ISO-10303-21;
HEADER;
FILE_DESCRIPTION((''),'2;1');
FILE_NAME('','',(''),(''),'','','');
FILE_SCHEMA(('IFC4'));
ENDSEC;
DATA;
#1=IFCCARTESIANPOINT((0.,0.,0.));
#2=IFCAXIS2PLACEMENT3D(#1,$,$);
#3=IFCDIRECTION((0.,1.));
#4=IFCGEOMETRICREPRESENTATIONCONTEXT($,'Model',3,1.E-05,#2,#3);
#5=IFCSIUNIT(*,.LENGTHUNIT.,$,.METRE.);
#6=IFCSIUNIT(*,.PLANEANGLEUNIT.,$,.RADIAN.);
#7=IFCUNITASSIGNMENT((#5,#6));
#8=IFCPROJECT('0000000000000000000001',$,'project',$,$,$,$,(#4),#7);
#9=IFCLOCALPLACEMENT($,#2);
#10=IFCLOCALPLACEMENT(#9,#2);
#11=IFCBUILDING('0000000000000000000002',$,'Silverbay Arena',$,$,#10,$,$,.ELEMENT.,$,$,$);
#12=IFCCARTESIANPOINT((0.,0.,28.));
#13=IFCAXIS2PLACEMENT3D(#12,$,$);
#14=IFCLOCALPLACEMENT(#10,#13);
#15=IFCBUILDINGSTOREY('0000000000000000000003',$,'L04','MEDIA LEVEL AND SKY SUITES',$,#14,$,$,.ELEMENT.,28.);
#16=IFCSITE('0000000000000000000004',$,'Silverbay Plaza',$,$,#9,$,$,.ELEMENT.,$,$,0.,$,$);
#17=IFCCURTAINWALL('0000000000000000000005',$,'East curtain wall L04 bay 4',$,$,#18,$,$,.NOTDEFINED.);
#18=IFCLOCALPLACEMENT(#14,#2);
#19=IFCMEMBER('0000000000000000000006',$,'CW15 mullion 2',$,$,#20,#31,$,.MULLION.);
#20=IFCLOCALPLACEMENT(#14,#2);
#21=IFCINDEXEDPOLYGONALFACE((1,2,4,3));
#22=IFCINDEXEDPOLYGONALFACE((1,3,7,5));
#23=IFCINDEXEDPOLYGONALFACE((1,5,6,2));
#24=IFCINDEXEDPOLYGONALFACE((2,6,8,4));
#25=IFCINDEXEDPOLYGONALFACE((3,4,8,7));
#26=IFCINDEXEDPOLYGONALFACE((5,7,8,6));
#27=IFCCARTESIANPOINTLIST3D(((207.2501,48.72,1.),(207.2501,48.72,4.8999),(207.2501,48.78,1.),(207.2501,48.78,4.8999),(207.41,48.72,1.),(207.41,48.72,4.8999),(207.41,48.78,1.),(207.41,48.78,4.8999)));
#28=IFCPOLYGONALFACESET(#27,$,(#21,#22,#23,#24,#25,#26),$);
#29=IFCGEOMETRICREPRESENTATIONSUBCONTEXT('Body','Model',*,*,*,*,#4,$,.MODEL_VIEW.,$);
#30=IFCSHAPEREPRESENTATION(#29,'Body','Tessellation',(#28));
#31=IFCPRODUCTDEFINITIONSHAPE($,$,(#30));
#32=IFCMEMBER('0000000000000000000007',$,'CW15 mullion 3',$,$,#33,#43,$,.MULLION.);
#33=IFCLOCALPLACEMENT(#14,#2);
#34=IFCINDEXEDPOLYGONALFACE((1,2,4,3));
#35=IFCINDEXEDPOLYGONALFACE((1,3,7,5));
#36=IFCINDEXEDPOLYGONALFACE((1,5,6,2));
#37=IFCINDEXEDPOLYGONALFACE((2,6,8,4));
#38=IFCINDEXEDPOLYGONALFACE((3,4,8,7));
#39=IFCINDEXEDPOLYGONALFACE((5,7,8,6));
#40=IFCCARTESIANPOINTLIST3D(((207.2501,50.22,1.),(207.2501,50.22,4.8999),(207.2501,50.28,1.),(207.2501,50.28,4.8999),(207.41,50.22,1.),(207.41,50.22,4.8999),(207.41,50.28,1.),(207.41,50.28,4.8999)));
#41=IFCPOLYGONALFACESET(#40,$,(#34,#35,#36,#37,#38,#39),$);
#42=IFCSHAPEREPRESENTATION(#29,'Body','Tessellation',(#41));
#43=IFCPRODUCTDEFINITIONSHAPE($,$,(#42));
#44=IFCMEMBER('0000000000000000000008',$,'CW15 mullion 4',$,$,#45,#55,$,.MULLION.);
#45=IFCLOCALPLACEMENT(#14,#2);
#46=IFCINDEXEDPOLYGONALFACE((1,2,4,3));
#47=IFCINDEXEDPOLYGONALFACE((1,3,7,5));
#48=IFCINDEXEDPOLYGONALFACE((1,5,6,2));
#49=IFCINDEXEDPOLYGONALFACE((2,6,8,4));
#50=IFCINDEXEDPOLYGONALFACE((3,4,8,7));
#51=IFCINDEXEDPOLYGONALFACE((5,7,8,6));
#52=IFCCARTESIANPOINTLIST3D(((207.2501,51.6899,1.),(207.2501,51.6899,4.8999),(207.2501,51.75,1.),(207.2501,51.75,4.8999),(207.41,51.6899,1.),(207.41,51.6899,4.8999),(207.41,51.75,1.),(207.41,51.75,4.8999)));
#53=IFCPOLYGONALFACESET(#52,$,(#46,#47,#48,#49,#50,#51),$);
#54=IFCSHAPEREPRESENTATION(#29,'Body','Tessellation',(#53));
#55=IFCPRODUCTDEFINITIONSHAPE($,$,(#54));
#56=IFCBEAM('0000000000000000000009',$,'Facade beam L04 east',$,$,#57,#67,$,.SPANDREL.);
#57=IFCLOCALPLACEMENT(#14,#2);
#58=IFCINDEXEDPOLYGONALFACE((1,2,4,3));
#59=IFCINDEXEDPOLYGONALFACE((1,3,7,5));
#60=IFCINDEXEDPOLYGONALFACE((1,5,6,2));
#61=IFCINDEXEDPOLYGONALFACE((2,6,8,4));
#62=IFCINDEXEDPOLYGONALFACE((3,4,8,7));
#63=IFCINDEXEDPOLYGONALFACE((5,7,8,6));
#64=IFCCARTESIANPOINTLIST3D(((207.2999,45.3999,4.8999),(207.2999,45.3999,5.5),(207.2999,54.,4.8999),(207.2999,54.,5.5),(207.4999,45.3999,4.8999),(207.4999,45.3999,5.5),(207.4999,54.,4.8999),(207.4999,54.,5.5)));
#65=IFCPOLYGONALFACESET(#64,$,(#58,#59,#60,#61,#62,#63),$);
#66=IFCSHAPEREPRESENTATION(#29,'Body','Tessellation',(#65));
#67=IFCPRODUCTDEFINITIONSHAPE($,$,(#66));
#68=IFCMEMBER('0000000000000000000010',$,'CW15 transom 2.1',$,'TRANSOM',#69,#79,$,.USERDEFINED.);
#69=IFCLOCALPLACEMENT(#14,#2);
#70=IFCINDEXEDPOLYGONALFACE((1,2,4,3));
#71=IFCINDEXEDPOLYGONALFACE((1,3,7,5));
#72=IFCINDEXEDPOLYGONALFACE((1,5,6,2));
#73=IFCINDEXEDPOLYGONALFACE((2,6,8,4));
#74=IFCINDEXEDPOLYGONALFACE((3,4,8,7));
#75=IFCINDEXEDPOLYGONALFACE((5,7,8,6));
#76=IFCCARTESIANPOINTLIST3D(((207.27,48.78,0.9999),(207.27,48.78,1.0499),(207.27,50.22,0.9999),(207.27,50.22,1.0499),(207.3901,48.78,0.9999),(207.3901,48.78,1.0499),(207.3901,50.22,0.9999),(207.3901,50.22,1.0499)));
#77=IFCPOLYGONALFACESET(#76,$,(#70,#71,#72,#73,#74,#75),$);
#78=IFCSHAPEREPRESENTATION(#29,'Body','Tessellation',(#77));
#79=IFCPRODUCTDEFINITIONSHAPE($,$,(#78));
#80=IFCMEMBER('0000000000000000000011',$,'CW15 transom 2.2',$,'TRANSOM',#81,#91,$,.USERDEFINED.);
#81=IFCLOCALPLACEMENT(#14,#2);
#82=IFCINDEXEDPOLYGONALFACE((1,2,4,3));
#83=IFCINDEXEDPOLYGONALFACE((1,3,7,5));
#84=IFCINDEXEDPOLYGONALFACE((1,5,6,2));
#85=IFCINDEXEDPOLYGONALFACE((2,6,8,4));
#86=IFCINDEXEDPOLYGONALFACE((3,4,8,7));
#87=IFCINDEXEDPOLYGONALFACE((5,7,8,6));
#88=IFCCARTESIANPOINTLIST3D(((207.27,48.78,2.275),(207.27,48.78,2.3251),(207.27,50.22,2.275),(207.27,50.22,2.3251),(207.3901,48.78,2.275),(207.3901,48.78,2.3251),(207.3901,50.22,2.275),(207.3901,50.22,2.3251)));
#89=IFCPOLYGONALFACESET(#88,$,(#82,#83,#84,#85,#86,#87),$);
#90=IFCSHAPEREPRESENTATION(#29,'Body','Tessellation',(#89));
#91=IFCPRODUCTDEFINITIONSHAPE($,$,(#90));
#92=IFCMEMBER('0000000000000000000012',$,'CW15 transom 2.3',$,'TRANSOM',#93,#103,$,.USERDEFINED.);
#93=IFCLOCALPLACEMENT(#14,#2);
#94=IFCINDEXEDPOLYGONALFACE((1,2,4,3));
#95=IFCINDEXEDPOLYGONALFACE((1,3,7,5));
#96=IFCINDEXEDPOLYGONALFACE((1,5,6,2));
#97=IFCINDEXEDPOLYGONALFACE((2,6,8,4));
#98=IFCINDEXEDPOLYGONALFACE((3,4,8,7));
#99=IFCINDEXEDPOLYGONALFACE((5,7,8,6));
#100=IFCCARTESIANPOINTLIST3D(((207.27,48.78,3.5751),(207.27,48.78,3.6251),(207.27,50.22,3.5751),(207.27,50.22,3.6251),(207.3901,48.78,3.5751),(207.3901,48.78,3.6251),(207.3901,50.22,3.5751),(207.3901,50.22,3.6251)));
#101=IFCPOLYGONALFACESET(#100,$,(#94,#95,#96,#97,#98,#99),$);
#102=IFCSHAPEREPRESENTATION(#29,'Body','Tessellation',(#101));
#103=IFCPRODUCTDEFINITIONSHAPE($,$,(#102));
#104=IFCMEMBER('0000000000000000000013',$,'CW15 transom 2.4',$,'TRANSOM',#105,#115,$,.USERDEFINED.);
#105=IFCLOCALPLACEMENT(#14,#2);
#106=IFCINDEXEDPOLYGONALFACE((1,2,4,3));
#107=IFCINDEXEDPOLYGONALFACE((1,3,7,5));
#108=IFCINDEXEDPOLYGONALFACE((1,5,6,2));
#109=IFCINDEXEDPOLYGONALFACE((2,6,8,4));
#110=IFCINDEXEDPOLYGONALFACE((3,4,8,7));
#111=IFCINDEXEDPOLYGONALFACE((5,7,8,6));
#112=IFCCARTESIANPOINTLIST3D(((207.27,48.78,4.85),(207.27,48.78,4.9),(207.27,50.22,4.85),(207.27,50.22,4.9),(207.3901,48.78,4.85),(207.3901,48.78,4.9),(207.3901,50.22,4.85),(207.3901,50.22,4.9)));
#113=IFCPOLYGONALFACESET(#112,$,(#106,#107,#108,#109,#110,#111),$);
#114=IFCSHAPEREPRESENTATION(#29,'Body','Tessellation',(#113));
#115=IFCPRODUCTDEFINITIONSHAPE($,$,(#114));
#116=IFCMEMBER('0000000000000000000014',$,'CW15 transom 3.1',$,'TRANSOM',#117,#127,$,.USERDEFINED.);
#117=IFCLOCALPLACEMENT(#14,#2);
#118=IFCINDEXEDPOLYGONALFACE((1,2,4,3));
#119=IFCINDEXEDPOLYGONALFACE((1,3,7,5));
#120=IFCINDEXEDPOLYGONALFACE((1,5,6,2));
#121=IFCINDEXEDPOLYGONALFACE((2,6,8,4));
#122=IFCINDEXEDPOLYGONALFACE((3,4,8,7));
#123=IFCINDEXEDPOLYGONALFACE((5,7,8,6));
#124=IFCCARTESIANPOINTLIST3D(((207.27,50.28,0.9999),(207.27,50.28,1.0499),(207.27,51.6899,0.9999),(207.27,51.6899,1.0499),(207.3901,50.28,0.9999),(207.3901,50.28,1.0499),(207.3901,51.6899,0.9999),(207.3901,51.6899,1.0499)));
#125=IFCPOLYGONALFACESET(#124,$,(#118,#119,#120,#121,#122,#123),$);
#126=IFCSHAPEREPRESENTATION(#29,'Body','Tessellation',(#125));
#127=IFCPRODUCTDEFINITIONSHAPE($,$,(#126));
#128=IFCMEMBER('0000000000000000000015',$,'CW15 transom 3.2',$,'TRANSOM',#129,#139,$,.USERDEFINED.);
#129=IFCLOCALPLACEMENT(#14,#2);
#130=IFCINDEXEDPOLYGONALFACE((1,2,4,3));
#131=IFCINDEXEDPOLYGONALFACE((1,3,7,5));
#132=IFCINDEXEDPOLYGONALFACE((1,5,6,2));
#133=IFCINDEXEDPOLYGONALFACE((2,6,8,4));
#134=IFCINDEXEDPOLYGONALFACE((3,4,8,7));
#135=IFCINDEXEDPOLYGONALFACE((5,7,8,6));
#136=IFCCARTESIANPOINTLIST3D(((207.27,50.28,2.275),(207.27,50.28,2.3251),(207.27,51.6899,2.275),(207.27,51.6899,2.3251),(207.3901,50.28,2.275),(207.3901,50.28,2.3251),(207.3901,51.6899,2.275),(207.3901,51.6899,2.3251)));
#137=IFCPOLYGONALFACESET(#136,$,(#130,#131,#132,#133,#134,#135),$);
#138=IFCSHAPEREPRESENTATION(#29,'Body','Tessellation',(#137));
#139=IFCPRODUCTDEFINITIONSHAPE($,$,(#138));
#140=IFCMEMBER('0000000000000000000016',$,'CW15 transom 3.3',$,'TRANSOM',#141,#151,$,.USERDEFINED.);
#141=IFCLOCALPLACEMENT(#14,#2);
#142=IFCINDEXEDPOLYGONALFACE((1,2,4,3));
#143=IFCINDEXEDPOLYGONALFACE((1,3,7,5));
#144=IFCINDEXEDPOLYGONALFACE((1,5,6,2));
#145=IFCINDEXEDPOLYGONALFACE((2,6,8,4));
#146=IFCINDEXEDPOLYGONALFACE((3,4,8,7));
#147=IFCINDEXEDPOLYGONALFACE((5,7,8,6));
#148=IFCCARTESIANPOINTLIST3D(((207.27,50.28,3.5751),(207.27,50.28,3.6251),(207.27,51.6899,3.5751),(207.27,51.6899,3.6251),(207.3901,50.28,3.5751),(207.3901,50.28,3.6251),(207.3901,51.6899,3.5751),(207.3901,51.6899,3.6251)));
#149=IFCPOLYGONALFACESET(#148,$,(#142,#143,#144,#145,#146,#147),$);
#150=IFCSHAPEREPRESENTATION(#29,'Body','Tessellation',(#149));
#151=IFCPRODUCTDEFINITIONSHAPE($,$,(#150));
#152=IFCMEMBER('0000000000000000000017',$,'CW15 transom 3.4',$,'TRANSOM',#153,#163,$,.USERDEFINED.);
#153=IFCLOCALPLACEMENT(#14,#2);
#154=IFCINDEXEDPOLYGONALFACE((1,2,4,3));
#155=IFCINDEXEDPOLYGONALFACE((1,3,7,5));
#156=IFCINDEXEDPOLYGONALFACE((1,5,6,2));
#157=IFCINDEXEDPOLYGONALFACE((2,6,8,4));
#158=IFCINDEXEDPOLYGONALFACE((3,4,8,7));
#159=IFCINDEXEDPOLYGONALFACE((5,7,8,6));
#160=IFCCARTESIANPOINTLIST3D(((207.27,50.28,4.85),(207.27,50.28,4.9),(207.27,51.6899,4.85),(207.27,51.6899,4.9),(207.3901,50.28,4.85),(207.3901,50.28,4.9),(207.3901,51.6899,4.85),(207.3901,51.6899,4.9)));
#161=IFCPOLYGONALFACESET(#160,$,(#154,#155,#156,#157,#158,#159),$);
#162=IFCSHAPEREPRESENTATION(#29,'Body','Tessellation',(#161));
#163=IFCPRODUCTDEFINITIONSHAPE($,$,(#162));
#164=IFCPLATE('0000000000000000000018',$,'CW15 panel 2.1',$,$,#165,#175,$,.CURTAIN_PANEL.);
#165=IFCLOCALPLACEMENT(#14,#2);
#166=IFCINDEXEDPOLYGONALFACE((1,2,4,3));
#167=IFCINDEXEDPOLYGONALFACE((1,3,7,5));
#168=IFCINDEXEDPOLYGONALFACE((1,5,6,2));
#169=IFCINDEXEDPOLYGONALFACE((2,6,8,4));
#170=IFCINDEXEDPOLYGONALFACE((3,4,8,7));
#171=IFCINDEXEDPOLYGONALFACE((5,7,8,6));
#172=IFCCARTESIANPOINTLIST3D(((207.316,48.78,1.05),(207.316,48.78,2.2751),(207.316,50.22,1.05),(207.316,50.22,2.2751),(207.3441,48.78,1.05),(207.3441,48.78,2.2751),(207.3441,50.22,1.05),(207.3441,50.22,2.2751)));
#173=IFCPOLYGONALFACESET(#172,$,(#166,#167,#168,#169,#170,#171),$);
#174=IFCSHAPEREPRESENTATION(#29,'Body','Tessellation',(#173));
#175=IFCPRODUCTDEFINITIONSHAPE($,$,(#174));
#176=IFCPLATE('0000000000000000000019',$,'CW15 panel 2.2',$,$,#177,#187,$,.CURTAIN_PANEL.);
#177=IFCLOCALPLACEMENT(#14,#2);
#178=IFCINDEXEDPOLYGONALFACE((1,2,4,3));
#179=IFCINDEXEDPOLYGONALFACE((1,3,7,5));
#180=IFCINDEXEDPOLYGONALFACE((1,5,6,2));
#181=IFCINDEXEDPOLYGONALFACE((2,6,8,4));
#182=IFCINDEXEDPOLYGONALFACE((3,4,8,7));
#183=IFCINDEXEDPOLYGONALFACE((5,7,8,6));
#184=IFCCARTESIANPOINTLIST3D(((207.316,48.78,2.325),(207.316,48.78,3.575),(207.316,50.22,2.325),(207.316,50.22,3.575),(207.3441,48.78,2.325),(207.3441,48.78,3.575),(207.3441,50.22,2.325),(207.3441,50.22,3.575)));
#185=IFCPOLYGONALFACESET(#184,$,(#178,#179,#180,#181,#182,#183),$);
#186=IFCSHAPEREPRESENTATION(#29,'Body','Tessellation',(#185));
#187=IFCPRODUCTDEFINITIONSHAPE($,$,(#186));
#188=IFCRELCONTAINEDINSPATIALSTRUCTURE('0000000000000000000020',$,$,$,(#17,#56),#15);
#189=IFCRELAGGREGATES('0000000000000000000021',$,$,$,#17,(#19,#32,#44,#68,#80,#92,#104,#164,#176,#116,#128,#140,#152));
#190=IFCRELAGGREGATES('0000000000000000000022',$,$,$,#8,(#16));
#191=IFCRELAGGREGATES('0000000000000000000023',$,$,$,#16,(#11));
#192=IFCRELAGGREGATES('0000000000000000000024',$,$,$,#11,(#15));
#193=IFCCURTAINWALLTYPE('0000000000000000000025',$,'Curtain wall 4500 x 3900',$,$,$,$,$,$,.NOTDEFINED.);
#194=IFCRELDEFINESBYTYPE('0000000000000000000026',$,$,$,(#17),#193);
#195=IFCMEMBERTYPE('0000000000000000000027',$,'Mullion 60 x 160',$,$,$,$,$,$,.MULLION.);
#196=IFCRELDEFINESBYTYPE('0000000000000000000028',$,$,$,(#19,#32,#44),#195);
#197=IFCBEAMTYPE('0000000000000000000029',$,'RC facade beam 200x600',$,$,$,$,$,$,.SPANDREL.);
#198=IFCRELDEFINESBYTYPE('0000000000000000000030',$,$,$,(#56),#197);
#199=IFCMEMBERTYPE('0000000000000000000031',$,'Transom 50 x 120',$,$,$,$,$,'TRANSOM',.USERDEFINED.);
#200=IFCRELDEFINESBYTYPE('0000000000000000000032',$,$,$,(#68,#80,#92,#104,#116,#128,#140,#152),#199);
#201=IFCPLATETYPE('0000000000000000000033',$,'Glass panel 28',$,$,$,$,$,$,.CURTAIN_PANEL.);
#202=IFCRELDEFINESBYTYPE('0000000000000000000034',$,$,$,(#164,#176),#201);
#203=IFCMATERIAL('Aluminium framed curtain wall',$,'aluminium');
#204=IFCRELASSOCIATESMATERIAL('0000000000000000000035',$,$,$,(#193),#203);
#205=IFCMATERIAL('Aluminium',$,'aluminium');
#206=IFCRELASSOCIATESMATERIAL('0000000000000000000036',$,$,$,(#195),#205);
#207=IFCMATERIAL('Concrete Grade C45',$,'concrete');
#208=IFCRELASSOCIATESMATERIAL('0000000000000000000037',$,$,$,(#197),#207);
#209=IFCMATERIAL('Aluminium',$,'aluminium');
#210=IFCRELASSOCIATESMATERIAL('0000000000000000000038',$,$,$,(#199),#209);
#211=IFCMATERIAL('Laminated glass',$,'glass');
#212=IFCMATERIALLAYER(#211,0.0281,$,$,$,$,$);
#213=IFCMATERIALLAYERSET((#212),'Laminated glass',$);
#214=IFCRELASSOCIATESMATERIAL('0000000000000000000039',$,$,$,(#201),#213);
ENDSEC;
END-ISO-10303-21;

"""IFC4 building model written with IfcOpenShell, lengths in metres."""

from ifc_helpers import new_model, si_unit, direction, frame, origin, origin_2d, place, context, subcontext, project, spatial, rectangle, extrude, material, layer, layer_set, material_profile, profile_set, type_object, element, aggregate, save


model = new_model("IFC4")

# Units and contexts
model_context = context("Model", 3, precision=1e-05, world=origin(), true_north=direction((0.0, 1.0)))
body_context = subcontext(model_context, "Body", "Model", "MODEL_VIEW")
ifc_project = project(units=[si_unit("LENGTHUNIT", "METRE"), si_unit("PLANEANGLEUNIT", "RADIAN")], contexts=[model_context])

# Site, building, storey
site_placement = place(None, origin())
site = spatial("IfcSite", under=ifc_project, at=site_placement, Name="Silverbay Plaza", CompositionType="ELEMENT", RefElevation=0.0)
building_placement = place(site_placement, origin())
building = spatial("IfcBuilding", under=site, at=building_placement, Name="Silverbay Arena", CompositionType="ELEMENT")
storey_placement = place(building_placement, frame((0.0, 0.0, 28.0)))
storey = spatial("IfcBuildingStorey", under=building, at=storey_placement, Name="L04", Description="MEDIA LEVEL AND SKY SUITES", CompositionType="ELEMENT", Elevation=28.0)

# Curtain wall, members
ifc_material_1 = material(Name="Aluminium framed curtain wall", Category="aluminium")
curtain_wall_type = type_object("IfcCurtainWallType", Name="Curtain wall 4500 x 3900", PredefinedType="NOTDEFINED", material=ifc_material_1)
curtain_wall_placement = place(storey_placement, origin())
curtain_wall = element("IfcCurtainWall", 1, at=curtain_wall_placement, inside=storey, type_object=curtain_wall_type, Name="East curtain wall L04 bay 4", PredefinedType="NOTDEFINED")
ifc_material_2 = material(Name="Aluminium", Category="aluminium")
ifc_material_profile_1 = material_profile(ifc_material_2, rectangle(XDim=0.1599, YDim=0.0601, at=origin_2d()), Name="Mullion 60 x 160")
ifc_profile_set_1 = profile_set([ifc_material_profile_1], Name="Aluminium")
member_type_1 = type_object("IfcMemberType", Name="Mullion 60 x 160", PredefinedType="MULLION", material=ifc_profile_set_1)
member_1_placement = place(storey_placement, frame((207.3301, 48.75, 1.0), z_axis=(0.0, 0.0, 1.0), x_axis=(-1.0, 0.0, 0.0)))
member_1 = element("IfcMember", 2, at=member_1_placement, type_object=member_type_1, Name="CW15 mullion 2", PredefinedType="MULLION", context=body_context, shape_type="SweptSolid", body=[
    extrude(rectangle(XDim=0.1599, YDim=0.0601, at=origin_2d()), origin(), (0.0, 0.0, 1.0), 3.8999),
])
member_2_placement = place(storey_placement, frame((207.3301, 50.25, 1.0), z_axis=(0.0, 0.0, 1.0), x_axis=(-1.0, 0.0, 0.0)))
member_2 = element("IfcMember", 3, at=member_2_placement, type_object=member_type_1, Name="CW15 mullion 3", PredefinedType="MULLION", context=body_context, shape_type="SweptSolid", body=[
    extrude(rectangle(XDim=0.1599, YDim=0.0601, at=origin_2d()), origin(), (0.0, 0.0, 1.0), 3.8999),
])
member_3_placement = place(storey_placement, frame((207.3301, 51.72, 1.0), z_axis=(0.0, 0.0, 1.0), x_axis=(-1.0, 0.0, 0.0)))
member_3 = element("IfcMember", 4, at=member_3_placement, type_object=member_type_1, Name="CW15 mullion 4", PredefinedType="MULLION", context=body_context, shape_type="SweptSolid", body=[
    extrude(rectangle(XDim=0.1599, YDim=0.0601, at=origin_2d()), origin(), (0.0, 0.0, 1.0), 3.8999),
])

# Beam
ifc_material_3 = material(Name="Concrete Grade C45", Category="concrete")
ifc_material_profile_2 = material_profile(ifc_material_3, rectangle(XDim=0.2, YDim=0.6001, at=origin_2d()), Name="RC 200x600")
ifc_profile_set_2 = profile_set([ifc_material_profile_2], Name="Concrete Grade C45")
beam_type = type_object("IfcBeamType", Name="RC facade beam 200x600", PredefinedType="SPANDREL", material=ifc_profile_set_2)
beam_placement = place(storey_placement, frame((207.3999, 45.3999, 5.2), z_axis=(0.0, 1.0, 0.0), x_axis=(-1.0, 0.0, 0.0)))
element("IfcBeam", 5, at=beam_placement, inside=storey, type_object=beam_type, Name="Facade beam L04 east", PredefinedType="SPANDREL", context=body_context, shape_type="SweptSolid", body=[
    extrude(rectangle(XDim=0.2, YDim=0.6001, at=origin_2d()), origin(), (0.0, 0.0, 1.0), 8.6001),
])

# Members
ifc_material_4 = material(Name="Aluminium", Category="aluminium")
ifc_material_profile_3 = material_profile(ifc_material_4, rectangle(XDim=0.1201, YDim=0.05, at=origin_2d()), Name="Transom 50 x 120")
ifc_profile_set_3 = profile_set([ifc_material_profile_3], Name="Aluminium")
member_type_2 = type_object("IfcMemberType", Name="Transom 50 x 120", ElementType="TRANSOM", PredefinedType="USERDEFINED", material=ifc_profile_set_3)
member_4_placement = place(storey_placement, frame((207.3301, 48.78, 1.0249), z_axis=(0.0, 1.0, 0.0), x_axis=(-1.0, 0.0, 0.0)))
member_4 = element("IfcMember", 6, at=member_4_placement, type_object=member_type_2, Name="CW15 transom 2.1", ObjectType="TRANSOM", PredefinedType="USERDEFINED", context=body_context, shape_type="SweptSolid", body=[
    extrude(rectangle(XDim=0.1201, YDim=0.05, at=origin_2d()), origin(), (0.0, 0.0, 1.0), 1.4399),
])
member_5_placement = place(storey_placement, frame((207.3301, 48.78, 2.3), z_axis=(0.0, 1.0, 0.0), x_axis=(-1.0, 0.0, 0.0)))
member_5 = element("IfcMember", 7, at=member_5_placement, type_object=member_type_2, Name="CW15 transom 2.2", ObjectType="TRANSOM", PredefinedType="USERDEFINED", context=body_context, shape_type="SweptSolid", body=[
    extrude(rectangle(XDim=0.1201, YDim=0.05, at=origin_2d()), origin(), (0.0, 0.0, 1.0), 1.4399),
])
member_6_placement = place(storey_placement, frame((207.3301, 48.78, 3.6001), z_axis=(0.0, 1.0, 0.0), x_axis=(-1.0, 0.0, 0.0)))
member_6 = element("IfcMember", 8, at=member_6_placement, type_object=member_type_2, Name="CW15 transom 2.3", ObjectType="TRANSOM", PredefinedType="USERDEFINED", context=body_context, shape_type="SweptSolid", body=[
    extrude(rectangle(XDim=0.1201, YDim=0.05, at=origin_2d()), origin(), (0.0, 0.0, 1.0), 1.4399),
])
member_7_placement = place(storey_placement, frame((207.3301, 48.78, 4.875), z_axis=(0.0, 1.0, 0.0), x_axis=(-1.0, 0.0, 0.0)))
member_7 = element("IfcMember", 9, at=member_7_placement, type_object=member_type_2, Name="CW15 transom 2.4", ObjectType="TRANSOM", PredefinedType="USERDEFINED", context=body_context, shape_type="SweptSolid", body=[
    extrude(rectangle(XDim=0.1201, YDim=0.05, at=origin_2d()), origin(), (0.0, 0.0, 1.0), 1.4399),
])
member_8_placement = place(storey_placement, frame((207.3301, 50.28, 1.0249), z_axis=(0.0, 1.0, 0.0), x_axis=(-1.0, 0.0, 0.0)))
member_8 = element("IfcMember", 10, at=member_8_placement, type_object=member_type_2, Name="CW15 transom 3.1", ObjectType="TRANSOM", PredefinedType="USERDEFINED", context=body_context, shape_type="SweptSolid", body=[
    extrude(rectangle(XDim=0.1201, YDim=0.05, at=origin_2d()), origin(), (0.0, 0.0, 1.0), 1.4099),
])
member_9_placement = place(storey_placement, frame((207.3301, 50.28, 2.3), z_axis=(0.0, 1.0, 0.0), x_axis=(-1.0, 0.0, 0.0)))
member_9 = element("IfcMember", 11, at=member_9_placement, type_object=member_type_2, Name="CW15 transom 3.2", ObjectType="TRANSOM", PredefinedType="USERDEFINED", context=body_context, shape_type="SweptSolid", body=[
    extrude(rectangle(XDim=0.1201, YDim=0.05, at=origin_2d()), origin(), (0.0, 0.0, 1.0), 1.4099),
])
member_10_placement = place(storey_placement, frame((207.3301, 50.28, 3.6001), z_axis=(0.0, 1.0, 0.0), x_axis=(-1.0, 0.0, 0.0)))
member_10 = element("IfcMember", 12, at=member_10_placement, type_object=member_type_2, Name="CW15 transom 3.3", ObjectType="TRANSOM", PredefinedType="USERDEFINED", context=body_context, shape_type="SweptSolid", body=[
    extrude(rectangle(XDim=0.1201, YDim=0.05, at=origin_2d()), origin(), (0.0, 0.0, 1.0), 1.4099),
])
member_11_placement = place(storey_placement, frame((207.3301, 50.28, 4.875), z_axis=(0.0, 1.0, 0.0), x_axis=(-1.0, 0.0, 0.0)))
member_11 = element("IfcMember", 13, at=member_11_placement, type_object=member_type_2, Name="CW15 transom 3.4", ObjectType="TRANSOM", PredefinedType="USERDEFINED", context=body_context, shape_type="SweptSolid", body=[
    extrude(rectangle(XDim=0.1201, YDim=0.05, at=origin_2d()), origin(), (0.0, 0.0, 1.0), 1.4099),
])

# Plates
ifc_material_5 = material(Name="Laminated glass", Category="glass")
ifc_layer_1 = layer(ifc_material_5, 0.0281)
ifc_layer_set_1 = layer_set([ifc_layer_1], Name="Laminated glass")
plate_type = type_object("IfcPlateType", Name="Glass panel 28", PredefinedType="CURTAIN_PANEL", material=ifc_layer_set_1)
plate_1_placement = place(storey_placement, frame((207.3301, 49.5, 1.05), z_axis=(0.0, 0.0, 1.0), x_axis=(0.0, 1.0, 0.0)))
plate_1 = element("IfcPlate", 14, at=plate_1_placement, type_object=plate_type, Name="CW15 panel 2.1", PredefinedType="CURTAIN_PANEL", context=body_context, shape_type="SweptSolid", body=[
    extrude(rectangle(XDim=1.4399, YDim=0.0281, at=origin_2d()), origin(), (0.0, 0.0, 1.0), 1.2251),
])
plate_2_placement = place(storey_placement, frame((207.3301, 49.5, 2.325), z_axis=(0.0, 0.0, 1.0), x_axis=(0.0, 1.0, 0.0)))
plate_2 = element("IfcPlate", 15, at=plate_2_placement, type_object=plate_type, Name="CW15 panel 2.2", PredefinedType="CURTAIN_PANEL", context=body_context, shape_type="SweptSolid", body=[
    extrude(rectangle(XDim=1.4399, YDim=0.0281, at=origin_2d()), origin(), (0.0, 0.0, 1.0), 1.25),
])
aggregate(curtain_wall, [member_1, member_2, member_3, member_4, member_5, member_6, member_7, plate_1, plate_2, member_8, member_9, member_10, member_11])

save(model, "model.ifc")
